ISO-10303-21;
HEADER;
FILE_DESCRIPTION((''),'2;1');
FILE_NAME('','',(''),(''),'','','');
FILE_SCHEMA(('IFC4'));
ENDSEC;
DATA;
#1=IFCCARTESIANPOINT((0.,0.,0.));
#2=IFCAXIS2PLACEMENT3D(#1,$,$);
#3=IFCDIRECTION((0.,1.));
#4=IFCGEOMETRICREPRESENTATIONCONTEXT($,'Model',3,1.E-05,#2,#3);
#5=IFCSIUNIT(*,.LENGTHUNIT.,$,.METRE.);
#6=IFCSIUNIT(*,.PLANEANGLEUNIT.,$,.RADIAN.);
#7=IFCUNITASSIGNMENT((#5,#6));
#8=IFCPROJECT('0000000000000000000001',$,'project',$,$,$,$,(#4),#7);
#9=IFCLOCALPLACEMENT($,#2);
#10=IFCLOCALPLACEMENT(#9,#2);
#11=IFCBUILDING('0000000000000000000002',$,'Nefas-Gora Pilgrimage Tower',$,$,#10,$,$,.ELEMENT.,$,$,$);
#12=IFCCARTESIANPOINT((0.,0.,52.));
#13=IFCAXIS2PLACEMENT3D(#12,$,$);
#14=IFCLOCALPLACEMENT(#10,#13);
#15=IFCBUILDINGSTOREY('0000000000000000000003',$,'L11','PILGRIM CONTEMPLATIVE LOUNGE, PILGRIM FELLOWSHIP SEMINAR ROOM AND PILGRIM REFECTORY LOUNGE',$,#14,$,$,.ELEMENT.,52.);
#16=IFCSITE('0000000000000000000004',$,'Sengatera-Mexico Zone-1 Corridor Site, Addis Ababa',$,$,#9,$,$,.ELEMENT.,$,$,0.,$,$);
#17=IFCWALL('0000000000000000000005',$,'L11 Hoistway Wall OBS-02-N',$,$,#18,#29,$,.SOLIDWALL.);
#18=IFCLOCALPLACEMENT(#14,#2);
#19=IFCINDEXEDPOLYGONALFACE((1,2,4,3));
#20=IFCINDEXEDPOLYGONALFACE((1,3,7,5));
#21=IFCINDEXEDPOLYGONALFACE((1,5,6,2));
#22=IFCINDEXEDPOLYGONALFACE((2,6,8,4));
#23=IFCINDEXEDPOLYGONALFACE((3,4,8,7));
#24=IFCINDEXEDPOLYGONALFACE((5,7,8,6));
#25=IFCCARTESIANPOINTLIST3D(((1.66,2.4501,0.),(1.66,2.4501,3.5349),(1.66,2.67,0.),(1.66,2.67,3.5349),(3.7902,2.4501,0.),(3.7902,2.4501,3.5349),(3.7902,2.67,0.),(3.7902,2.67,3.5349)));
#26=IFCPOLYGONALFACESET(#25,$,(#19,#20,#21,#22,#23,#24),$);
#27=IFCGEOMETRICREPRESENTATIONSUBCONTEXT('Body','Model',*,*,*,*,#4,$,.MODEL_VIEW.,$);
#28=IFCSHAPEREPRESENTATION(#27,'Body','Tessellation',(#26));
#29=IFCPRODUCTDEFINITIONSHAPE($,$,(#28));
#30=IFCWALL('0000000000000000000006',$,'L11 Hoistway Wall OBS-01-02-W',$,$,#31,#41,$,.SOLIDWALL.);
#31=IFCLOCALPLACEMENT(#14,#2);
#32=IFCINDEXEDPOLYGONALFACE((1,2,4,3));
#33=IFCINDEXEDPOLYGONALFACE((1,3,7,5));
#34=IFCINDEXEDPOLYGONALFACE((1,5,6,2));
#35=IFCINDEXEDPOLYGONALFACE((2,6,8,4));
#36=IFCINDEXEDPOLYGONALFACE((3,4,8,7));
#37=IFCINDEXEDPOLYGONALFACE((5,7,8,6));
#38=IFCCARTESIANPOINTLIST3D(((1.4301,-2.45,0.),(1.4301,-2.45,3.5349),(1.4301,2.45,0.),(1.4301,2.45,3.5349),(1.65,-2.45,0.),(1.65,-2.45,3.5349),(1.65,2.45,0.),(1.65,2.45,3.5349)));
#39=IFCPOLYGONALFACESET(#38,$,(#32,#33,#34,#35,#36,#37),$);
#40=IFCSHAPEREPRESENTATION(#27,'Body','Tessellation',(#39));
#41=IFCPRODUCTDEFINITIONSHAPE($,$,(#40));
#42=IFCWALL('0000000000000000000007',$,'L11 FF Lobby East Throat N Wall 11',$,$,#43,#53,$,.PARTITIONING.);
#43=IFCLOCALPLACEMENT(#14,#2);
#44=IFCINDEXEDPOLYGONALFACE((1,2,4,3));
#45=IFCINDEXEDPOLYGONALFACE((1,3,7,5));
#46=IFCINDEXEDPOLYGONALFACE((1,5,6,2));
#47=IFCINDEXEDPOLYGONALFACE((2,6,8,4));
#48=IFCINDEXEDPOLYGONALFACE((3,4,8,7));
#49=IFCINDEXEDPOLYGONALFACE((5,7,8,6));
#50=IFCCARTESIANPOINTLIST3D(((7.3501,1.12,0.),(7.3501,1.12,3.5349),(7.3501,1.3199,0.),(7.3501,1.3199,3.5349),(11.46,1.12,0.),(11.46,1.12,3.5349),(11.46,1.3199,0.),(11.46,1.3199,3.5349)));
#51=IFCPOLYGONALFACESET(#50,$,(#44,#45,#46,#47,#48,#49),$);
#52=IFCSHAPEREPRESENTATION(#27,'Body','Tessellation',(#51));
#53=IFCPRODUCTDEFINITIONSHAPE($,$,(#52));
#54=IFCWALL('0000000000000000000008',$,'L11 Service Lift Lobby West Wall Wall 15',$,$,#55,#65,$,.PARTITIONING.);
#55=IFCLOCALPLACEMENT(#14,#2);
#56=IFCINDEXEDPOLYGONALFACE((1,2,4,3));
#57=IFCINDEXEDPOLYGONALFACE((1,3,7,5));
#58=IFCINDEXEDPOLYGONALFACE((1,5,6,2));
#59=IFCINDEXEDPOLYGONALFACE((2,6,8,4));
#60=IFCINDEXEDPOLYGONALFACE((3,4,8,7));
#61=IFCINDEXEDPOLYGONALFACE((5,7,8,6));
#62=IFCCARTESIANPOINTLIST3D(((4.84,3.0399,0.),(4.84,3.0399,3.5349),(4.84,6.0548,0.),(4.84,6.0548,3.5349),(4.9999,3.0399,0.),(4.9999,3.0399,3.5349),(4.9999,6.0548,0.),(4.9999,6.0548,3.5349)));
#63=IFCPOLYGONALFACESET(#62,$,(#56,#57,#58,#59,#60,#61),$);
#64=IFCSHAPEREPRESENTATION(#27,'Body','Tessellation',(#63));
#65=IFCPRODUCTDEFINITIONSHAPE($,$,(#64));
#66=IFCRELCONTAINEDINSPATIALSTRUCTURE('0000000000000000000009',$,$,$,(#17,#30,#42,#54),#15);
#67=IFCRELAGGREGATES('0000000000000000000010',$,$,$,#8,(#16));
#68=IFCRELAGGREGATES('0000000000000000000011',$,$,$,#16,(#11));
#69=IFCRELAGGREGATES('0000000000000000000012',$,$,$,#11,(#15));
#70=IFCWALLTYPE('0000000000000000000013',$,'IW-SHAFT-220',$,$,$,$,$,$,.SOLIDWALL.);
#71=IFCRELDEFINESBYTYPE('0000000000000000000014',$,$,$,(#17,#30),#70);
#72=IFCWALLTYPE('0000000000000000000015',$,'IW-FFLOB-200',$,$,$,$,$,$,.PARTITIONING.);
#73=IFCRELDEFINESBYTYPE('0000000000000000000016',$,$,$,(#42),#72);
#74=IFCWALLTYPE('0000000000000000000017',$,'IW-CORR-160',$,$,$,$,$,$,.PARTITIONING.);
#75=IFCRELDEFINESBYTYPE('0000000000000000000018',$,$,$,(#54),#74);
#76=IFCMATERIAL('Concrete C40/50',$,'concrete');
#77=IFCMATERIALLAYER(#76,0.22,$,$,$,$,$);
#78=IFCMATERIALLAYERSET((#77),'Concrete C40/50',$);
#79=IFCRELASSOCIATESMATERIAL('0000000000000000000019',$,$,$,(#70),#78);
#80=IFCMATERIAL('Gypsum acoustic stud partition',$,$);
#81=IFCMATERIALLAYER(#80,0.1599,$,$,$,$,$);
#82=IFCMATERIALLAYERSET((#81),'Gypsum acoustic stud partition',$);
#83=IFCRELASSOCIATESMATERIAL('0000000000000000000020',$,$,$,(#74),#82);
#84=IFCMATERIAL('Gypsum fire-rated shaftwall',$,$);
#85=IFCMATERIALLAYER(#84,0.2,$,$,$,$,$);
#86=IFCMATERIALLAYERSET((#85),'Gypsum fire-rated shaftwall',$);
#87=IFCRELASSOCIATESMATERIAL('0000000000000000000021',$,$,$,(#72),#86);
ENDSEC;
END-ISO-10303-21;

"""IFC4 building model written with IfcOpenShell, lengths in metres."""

from ifc_helpers import new_model, si_unit, direction, frame, frame_2d, origin, place, context, subcontext, project, spatial, rectangle, extrude, source, transform, mapped, material, layer, layer_set, type_object, element, save


model = new_model("IFC4")

# Units and contexts
model_context = context("Model", 3, precision=1e-05, world=origin(), true_north=direction((0.0, 1.0)))
body_context = subcontext(model_context, "Body", "Model", "MODEL_VIEW")
ifc_project = project(units=[si_unit("LENGTHUNIT", "METRE"), si_unit("PLANEANGLEUNIT", "RADIAN")], contexts=[model_context])

# Site, building, storey
site_placement = place(None, origin())
site = spatial("IfcSite", under=ifc_project, at=site_placement, Name="Sengatera-Mexico Zone-1 Corridor Site, Addis Ababa", CompositionType="ELEMENT", RefElevation=0.0)
building_placement = place(site_placement, origin())
building = spatial("IfcBuilding", under=site, at=building_placement, Name="Nefas-Gora Pilgrimage Tower", CompositionType="ELEMENT")
storey_placement = place(building_placement, frame((0.0, 0.0, 52.0)))
storey = spatial("IfcBuildingStorey", under=building, at=storey_placement, Name="L11", Description="PILGRIM CONTEMPLATIVE LOUNGE, PILGRIM FELLOWSHIP SEMINAR ROOM AND PILGRIM REFECTORY LOUNGE", CompositionType="ELEMENT", Elevation=52.0)

# Shared definitions
ifc_material_1 = material(Name="Concrete C40/50", Category="concrete")
ifc_layer_1 = layer(ifc_material_1, 0.22)
ifc_layer_set_1 = layer_set([ifc_layer_1], Name="Concrete C40/50")
wall_type_1 = type_object("IfcWallType", Name="IW-SHAFT-220", PredefinedType="SOLIDWALL", material=ifc_layer_set_1)

# Walls
ifc_material_2 = material(Name="Gypsum acoustic stud partition")
ifc_layer_2 = layer(ifc_material_2, 0.1599)
ifc_layer_set_2 = layer_set([ifc_layer_2], Name="Gypsum acoustic stud partition")
wall_type_2 = type_object("IfcWallType", Name="IW-CORR-160", PredefinedType="PARTITIONING", material=ifc_layer_set_2)
shared_shape_1 = source(origin(), body_context, "Body", "SweptSolid", [
    extrude(rectangle(XDim=2.1301, YDim=0.22, at=frame_2d((1.0649, 0.0))), origin(), (0.0, 0.0, 1.0), 3.5349),
])
for number, where, z_axis, x_axis, name in (
    (1, (3.79, 2.5601, 0.0), (0.0, 0.0, 1.0), (-1.0, 0.0, 0.0), "L11 Hoistway Wall OBS-02-N"),
):
    element("IfcWall", number, at=place(storey_placement, frame(where, z_axis=z_axis, x_axis=x_axis)), inside=storey, type_object=wall_type_1, Name=name, PredefinedType="SOLIDWALL", context=body_context, shape_type="MappedRepresentation", body=[
        mapped(shared_shape_1, transform((0.0, 0.0, 0.0), x_axis=(1.0, 0.0, 0.0), y_axis=(0.0, 1.0, 0.0), z_axis=(0.0, 0.0, 1.0), scale=1.0)),
    ])
shared_shape_2 = source(origin(), body_context, "Body", "SweptSolid", [
    extrude(rectangle(XDim=4.8999, YDim=0.22, at=frame_2d((2.45, 0.0))), origin(), (0.0, 0.0, 1.0), 3.5349),
])
wall_1_placement = place(storey_placement, frame((1.54, 2.45, 0.0), z_axis=(0.0, 0.0, 1.0), x_axis=(0.0, -1.0, 0.0)))
element("IfcWall", 2, at=wall_1_placement, inside=storey, type_object=wall_type_1, Name="L11 Hoistway Wall OBS-01-02-W", PredefinedType="SOLIDWALL", context=body_context, shape_type="MappedRepresentation", body=[
    mapped(shared_shape_2, transform((0.0, 0.0, 0.0), x_axis=(1.0, 0.0, 0.0), y_axis=(0.0, 1.0, 0.0), z_axis=(0.0, 0.0, 1.0), scale=1.0)),
])

# Shared definitions
ifc_material_3 = material(Name="Gypsum fire-rated shaftwall")
ifc_layer_3 = layer(ifc_material_3, 0.2)
ifc_layer_set_3 = layer_set([ifc_layer_3], Name="Gypsum fire-rated shaftwall")
wall_type_3 = type_object("IfcWallType", Name="IW-FFLOB-200", PredefinedType="PARTITIONING", material=ifc_layer_set_3)

# Walls
shared_shape_3 = source(origin(), body_context, "Body", "SweptSolid", [
    extrude(rectangle(XDim=4.1099, YDim=0.2, at=frame_2d((2.0549, 0.0))), origin(), (0.0, 0.0, 1.0), 3.5349),
])
wall_2_placement = place(storey_placement, frame((7.3501, 1.22, 0.0), z_axis=(0.0, 0.0, 1.0), x_axis=(1.0, 0.0, 0.0)))
element("IfcWall", 3, at=wall_2_placement, inside=storey, type_object=wall_type_3, Name="L11 FF Lobby East Throat N Wall 11", PredefinedType="PARTITIONING", context=body_context, shape_type="MappedRepresentation", body=[
    mapped(shared_shape_3, transform((0.0, 0.0, 0.0), x_axis=(1.0, 0.0, 0.0), y_axis=(0.0, 1.0, 0.0), z_axis=(0.0, 0.0, 1.0), scale=1.0)),
])
shared_shape_4 = source(origin(), body_context, "Body", "SweptSolid", [
    extrude(rectangle(XDim=3.0149, YDim=0.1599, at=frame_2d((1.5073, 0.0))), origin(), (0.0, 0.0, 1.0), 3.5349),
])
wall_3_placement = place(storey_placement, frame((4.9199, 3.04, 0.0), z_axis=(0.0, 0.0, 1.0), x_axis=(0.0, 1.0, 0.0)))
element("IfcWall", 4, at=wall_3_placement, inside=storey, type_object=wall_type_2, Name="L11 Service Lift Lobby West Wall Wall 15", PredefinedType="PARTITIONING", context=body_context, shape_type="MappedRepresentation", body=[
    mapped(shared_shape_4, transform((0.0, 0.0, 0.0), x_axis=(1.0, 0.0, 0.0), y_axis=(0.0, 1.0, 0.0), z_axis=(0.0, 0.0, 1.0), scale=1.0)),
])

save(model, "model.ifc")
